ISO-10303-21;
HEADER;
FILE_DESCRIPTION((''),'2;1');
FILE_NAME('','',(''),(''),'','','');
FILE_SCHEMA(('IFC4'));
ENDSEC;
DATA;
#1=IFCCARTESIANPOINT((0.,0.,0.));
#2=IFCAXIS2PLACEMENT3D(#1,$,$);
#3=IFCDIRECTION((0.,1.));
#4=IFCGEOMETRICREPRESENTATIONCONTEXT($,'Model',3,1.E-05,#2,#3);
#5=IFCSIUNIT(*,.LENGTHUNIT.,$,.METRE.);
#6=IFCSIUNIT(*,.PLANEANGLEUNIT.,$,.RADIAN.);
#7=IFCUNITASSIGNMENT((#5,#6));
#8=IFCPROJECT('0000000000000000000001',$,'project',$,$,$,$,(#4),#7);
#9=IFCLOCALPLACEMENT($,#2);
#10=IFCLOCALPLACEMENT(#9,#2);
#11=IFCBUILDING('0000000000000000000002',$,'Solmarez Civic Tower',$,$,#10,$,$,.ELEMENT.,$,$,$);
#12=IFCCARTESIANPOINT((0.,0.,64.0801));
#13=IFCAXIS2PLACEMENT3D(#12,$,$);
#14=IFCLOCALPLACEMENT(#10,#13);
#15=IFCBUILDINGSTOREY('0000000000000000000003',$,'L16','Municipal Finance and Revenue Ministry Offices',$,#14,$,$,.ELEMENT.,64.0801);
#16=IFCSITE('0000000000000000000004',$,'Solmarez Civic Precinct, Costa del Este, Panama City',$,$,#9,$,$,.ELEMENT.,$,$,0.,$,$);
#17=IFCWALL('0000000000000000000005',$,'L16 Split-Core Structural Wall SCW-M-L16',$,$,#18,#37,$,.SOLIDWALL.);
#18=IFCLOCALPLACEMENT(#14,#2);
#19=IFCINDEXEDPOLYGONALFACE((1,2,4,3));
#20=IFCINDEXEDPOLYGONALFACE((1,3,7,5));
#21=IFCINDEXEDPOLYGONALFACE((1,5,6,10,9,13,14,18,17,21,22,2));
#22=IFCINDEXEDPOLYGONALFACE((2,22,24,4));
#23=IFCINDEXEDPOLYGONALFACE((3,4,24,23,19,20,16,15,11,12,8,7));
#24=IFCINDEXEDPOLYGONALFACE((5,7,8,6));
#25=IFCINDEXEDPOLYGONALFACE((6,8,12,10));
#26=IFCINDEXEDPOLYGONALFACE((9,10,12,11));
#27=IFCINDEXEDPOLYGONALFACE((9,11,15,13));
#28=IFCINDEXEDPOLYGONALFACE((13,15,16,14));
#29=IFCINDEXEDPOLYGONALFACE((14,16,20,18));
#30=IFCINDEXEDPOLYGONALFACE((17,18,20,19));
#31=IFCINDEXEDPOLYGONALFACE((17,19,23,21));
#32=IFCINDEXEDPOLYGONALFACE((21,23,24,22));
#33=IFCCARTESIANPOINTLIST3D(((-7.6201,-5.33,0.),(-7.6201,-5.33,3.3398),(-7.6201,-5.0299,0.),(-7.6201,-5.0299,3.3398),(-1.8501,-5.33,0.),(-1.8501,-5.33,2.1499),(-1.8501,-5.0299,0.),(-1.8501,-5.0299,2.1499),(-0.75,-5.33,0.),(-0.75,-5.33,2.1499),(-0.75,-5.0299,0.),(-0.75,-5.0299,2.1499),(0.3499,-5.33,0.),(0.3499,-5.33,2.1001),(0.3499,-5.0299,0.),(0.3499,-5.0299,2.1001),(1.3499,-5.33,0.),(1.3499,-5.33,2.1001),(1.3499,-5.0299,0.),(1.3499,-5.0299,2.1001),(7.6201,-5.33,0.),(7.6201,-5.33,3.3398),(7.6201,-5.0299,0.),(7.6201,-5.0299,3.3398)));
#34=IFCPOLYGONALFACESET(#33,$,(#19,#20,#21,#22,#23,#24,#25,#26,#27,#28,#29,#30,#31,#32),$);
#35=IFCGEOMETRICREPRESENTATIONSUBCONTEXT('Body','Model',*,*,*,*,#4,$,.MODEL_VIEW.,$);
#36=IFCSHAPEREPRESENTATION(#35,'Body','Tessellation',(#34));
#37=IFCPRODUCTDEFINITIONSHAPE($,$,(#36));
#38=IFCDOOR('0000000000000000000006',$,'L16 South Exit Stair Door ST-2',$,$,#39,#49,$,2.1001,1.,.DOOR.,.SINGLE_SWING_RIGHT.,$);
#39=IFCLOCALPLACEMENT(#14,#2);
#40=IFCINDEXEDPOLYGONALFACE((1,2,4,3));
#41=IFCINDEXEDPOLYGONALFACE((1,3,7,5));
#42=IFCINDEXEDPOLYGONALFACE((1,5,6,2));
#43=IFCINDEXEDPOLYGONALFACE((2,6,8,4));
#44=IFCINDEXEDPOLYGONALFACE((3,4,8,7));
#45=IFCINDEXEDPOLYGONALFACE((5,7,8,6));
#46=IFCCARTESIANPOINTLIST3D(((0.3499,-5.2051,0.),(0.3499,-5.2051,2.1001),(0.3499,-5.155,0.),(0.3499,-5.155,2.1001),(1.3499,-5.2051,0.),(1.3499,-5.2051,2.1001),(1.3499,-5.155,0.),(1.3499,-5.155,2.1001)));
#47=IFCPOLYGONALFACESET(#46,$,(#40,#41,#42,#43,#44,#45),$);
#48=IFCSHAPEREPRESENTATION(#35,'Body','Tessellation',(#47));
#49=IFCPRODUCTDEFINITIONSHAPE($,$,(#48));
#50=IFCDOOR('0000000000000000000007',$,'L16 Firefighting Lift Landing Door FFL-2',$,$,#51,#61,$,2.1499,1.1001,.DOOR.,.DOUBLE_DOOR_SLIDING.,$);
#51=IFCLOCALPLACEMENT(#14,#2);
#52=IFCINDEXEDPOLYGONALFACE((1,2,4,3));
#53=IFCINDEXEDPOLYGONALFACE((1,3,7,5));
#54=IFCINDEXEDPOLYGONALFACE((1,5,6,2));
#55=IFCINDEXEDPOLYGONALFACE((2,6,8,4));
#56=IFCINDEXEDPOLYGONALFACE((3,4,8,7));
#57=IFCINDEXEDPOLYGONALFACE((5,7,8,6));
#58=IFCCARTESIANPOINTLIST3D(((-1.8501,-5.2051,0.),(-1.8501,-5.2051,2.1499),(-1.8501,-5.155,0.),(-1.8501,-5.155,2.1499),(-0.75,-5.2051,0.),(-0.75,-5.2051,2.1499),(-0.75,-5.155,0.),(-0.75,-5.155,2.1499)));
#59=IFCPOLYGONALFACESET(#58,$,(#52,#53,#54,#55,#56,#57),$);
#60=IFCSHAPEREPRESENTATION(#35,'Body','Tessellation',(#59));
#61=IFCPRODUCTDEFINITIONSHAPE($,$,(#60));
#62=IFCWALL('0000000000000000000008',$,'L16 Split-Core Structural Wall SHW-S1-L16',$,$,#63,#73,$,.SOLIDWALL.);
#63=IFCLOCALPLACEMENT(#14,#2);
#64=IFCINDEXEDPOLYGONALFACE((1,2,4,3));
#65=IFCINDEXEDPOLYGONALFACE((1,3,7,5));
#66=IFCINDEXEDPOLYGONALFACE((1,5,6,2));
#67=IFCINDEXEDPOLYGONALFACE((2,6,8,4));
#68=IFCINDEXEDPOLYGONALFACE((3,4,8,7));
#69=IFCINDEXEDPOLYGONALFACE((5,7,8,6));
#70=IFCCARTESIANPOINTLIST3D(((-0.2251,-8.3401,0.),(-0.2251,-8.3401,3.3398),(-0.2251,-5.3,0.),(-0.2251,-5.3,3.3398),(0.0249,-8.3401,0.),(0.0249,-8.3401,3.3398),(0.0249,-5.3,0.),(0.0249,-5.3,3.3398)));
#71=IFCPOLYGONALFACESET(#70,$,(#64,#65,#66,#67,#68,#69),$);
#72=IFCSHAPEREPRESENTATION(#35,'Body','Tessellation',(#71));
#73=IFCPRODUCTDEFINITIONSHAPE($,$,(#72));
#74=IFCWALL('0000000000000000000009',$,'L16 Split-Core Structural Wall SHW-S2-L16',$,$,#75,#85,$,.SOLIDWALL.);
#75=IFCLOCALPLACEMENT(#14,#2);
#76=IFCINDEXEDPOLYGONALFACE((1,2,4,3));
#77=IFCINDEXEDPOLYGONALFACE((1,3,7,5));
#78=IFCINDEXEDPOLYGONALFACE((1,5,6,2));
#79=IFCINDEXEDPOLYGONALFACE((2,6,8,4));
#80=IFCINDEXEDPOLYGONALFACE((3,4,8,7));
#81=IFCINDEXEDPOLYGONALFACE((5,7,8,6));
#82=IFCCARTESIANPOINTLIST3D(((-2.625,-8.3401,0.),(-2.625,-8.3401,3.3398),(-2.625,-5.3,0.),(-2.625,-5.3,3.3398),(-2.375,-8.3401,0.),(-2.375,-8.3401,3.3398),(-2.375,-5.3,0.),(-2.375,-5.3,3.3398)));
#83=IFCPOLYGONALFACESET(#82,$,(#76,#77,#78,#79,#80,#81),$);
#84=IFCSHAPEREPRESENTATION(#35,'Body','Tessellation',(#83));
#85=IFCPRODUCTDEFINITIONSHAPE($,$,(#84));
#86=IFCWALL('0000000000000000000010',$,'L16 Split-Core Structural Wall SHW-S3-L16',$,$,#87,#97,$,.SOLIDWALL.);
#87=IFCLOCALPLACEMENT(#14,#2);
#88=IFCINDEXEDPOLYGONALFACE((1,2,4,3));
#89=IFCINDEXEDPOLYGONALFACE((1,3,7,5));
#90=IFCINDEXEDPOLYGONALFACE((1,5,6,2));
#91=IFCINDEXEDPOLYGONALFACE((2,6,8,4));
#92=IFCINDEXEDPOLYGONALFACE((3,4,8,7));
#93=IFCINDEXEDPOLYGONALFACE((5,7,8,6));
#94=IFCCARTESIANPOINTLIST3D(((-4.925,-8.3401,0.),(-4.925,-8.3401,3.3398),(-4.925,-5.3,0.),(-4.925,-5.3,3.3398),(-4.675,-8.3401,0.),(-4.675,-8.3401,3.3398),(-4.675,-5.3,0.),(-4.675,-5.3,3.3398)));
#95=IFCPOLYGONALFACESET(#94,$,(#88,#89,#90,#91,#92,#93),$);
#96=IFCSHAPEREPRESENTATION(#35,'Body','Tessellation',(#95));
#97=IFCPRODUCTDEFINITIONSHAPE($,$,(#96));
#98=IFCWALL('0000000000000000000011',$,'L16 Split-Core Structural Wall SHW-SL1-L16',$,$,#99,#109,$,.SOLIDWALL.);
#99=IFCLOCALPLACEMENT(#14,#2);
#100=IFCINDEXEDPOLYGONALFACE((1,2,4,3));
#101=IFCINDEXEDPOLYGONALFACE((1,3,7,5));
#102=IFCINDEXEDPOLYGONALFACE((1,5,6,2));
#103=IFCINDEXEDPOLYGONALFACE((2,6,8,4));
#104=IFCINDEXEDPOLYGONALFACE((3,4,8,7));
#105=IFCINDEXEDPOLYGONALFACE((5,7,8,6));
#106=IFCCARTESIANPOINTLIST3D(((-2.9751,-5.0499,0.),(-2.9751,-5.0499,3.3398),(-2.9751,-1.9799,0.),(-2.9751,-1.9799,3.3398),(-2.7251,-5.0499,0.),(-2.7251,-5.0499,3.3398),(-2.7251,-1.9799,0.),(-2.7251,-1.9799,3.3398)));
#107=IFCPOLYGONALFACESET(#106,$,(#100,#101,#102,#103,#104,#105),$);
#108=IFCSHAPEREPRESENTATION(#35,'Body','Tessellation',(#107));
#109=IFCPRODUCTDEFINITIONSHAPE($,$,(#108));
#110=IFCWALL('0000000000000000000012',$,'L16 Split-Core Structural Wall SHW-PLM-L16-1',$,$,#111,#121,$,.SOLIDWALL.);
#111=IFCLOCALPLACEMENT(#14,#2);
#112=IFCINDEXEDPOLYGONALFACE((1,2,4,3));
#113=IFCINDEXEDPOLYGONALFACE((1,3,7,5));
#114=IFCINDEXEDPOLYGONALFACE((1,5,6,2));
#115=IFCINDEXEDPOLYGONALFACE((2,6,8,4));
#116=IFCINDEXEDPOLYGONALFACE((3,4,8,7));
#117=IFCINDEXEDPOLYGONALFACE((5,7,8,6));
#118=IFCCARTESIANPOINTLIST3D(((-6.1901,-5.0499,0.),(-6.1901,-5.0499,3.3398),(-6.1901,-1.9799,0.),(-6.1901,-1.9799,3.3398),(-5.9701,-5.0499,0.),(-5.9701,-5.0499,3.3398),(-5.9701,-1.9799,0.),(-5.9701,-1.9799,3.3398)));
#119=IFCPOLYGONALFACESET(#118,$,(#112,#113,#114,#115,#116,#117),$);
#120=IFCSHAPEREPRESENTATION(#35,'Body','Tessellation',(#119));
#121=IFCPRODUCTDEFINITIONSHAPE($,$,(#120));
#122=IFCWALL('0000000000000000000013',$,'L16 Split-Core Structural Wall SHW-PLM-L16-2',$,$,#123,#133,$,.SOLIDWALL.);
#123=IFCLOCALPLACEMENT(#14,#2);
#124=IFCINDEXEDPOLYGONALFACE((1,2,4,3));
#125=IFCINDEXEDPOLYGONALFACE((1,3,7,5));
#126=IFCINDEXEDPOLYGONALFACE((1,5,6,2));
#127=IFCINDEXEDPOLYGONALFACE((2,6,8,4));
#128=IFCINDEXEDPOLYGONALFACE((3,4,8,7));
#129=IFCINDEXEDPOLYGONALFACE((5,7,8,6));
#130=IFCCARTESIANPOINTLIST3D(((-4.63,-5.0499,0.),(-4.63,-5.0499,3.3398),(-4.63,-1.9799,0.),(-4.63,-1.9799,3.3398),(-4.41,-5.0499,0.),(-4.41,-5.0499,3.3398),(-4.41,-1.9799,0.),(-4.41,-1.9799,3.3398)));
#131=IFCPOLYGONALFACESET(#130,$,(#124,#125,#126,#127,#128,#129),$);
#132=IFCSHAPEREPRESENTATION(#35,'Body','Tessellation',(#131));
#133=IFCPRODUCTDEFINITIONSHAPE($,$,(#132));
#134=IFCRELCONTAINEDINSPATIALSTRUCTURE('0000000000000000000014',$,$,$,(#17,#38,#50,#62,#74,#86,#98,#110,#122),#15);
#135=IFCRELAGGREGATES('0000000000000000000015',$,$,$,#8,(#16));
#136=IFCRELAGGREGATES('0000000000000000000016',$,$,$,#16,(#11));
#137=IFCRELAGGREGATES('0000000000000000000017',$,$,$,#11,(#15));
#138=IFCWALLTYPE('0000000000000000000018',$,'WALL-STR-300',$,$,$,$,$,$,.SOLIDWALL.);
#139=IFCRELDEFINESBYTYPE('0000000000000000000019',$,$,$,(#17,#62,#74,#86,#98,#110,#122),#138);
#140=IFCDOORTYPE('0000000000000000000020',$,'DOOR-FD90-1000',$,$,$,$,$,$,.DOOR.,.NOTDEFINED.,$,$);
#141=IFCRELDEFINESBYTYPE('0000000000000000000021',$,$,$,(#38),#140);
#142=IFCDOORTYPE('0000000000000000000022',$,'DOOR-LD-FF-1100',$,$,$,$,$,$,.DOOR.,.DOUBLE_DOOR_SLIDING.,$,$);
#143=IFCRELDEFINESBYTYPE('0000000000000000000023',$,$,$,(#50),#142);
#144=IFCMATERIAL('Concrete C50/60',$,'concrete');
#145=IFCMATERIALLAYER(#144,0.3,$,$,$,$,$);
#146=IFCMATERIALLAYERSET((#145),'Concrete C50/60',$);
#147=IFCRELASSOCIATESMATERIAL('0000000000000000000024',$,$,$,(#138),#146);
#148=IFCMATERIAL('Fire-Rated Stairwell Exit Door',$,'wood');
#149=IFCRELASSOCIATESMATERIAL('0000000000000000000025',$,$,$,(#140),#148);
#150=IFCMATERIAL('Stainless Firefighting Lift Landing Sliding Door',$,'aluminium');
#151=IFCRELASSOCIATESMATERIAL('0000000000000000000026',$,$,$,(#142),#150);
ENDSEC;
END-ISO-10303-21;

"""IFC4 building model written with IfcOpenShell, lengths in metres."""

from ifc_helpers import new_model, si_unit, direction, frame, frame_2d, origin, place, context, subcontext, project, spatial, rectangle, extrude, material, layer, layer_set, type_object, element, fill, save


model = new_model("IFC4")

# Units and contexts
model_context = context("Model", 3, precision=1e-05, world=origin(), true_north=direction((0.0, 1.0)))
body_context = subcontext(model_context, "Body", "Model", "MODEL_VIEW")
ifc_project = project(units=[si_unit("LENGTHUNIT", "METRE"), si_unit("PLANEANGLEUNIT", "RADIAN")], contexts=[model_context])

# Site, building, storey
site_placement = place(None, origin())
site = spatial("IfcSite", under=ifc_project, at=site_placement, Name="Solmarez Civic Precinct, Costa del Este, Panama City", CompositionType="ELEMENT", RefElevation=0.0)
building_placement = place(site_placement, origin())
building = spatial("IfcBuilding", under=site, at=building_placement, Name="Solmarez Civic Tower", CompositionType="ELEMENT")
storey_placement = place(building_placement, frame((0.0, 0.0, 64.0801)))
storey = spatial("IfcBuildingStorey", under=building, at=storey_placement, Name="L16", Description="Municipal Finance and Revenue Ministry Offices", CompositionType="ELEMENT", Elevation=64.0801)

# Wall, openings, doors
ifc_material_1 = material(Name="Concrete C50/60", Category="concrete")
ifc_layer_1 = layer(ifc_material_1, 0.3)
ifc_layer_set_1 = layer_set([ifc_layer_1], Name="Concrete C50/60")
wall_type_1 = type_object("IfcWallType", Name="WALL-STR-300", PredefinedType="SOLIDWALL", material=ifc_layer_set_1)
wall_1_placement = place(storey_placement, frame((-7.6201, -5.1799, 0.0), z_axis=(0.0, 0.0, 1.0), x_axis=(1.0, 0.0, 0.0)))
wall_1 = element("IfcWall", 1, at=wall_1_placement, inside=storey, type_object=wall_type_1, Name="L16 Split-Core Structural Wall SCW-M-L16", PredefinedType="SOLIDWALL", context=body_context, shape_type="SweptSolid", body=[
    extrude(rectangle(XDim=15.2402, YDim=0.3, at=frame_2d((7.6201, 0.0))), origin(), (0.0, 0.0, 1.0), 3.3398),
])
opening_1_placement = place(wall_1_placement, frame((5.77, 0.0, 0.0)))
opening_1 = element("IfcOpeningElement", 2, at=opening_1_placement, cuts=wall_1, PredefinedType="OPENING", context=body_context, shape_type="SweptSolid", body=[
    extrude(rectangle(XDim=1.1001, YDim=2.1499, at=frame_2d((0.55, 1.075))), frame((0.0, 0.1599, 0.0), z_axis=(0.0, -1.0, 0.0), x_axis=(1.0, 0.0, 0.0)), (0.0, 0.0, 1.0), 0.3201),
])
opening_2_placement = place(wall_1_placement, frame((7.97, 0.0, 0.0)))
opening_2 = element("IfcOpeningElement", 3, at=opening_2_placement, cuts=wall_1, PredefinedType="OPENING", context=body_context, shape_type="SweptSolid", body=[
    extrude(rectangle(XDim=1.0, YDim=2.1001, at=frame_2d((0.5, 1.05))), frame((0.0, 0.1599, 0.0), z_axis=(0.0, -1.0, 0.0), x_axis=(1.0, 0.0, 0.0)), (0.0, 0.0, 1.0), 0.3201),
])
ifc_material_2 = material(Name="Fire-Rated Stairwell Exit Door", Category="wood")
door_type_1 = type_object("IfcDoorType", Name="DOOR-FD90-1000", OperationType="NOTDEFINED", PredefinedType="DOOR", material=ifc_material_2)
door_1_placement = place(opening_2_placement, origin())
door_1 = element("IfcDoor", 4, at=door_1_placement, inside=storey, type_object=door_type_1, Name="L16 South Exit Stair Door ST-2", OperationType="SINGLE_SWING_RIGHT", OverallHeight=2.1001, OverallWidth=1.0, PredefinedType="DOOR", context=body_context, shape_type="SweptSolid", body=[
    extrude(rectangle(XDim=1.0, YDim=2.1001, at=frame_2d((0.5, 1.05))), frame((0.0, 0.0249, 0.0), z_axis=(0.0, -1.0, 0.0), x_axis=(1.0, 0.0, 0.0)), (0.0, 0.0, 1.0), 0.05),
])
fill(opening_2, door_1)
ifc_material_3 = material(Name="Stainless Firefighting Lift Landing Sliding Door", Category="aluminium")
door_type_2 = type_object("IfcDoorType", Name="DOOR-LD-FF-1100", OperationType="DOUBLE_DOOR_SLIDING", PredefinedType="DOOR", material=ifc_material_3)
door_2_placement = place(opening_1_placement, origin())
door_2 = element("IfcDoor", 5, at=door_2_placement, inside=storey, type_object=door_type_2, Name="L16 Firefighting Lift Landing Door FFL-2", OperationType="DOUBLE_DOOR_SLIDING", OverallHeight=2.1499, OverallWidth=1.1001, PredefinedType="DOOR", context=body_context, shape_type="SweptSolid", body=[
    extrude(rectangle(XDim=1.1001, YDim=2.1499, at=frame_2d((0.55, 1.075))), frame((0.0, 0.0249, 0.0), z_axis=(0.0, -1.0, 0.0), x_axis=(1.0, 0.0, 0.0)), (0.0, 0.0, 1.0), 0.05),
])
fill(opening_1, door_2)

# Walls
for number, where, z_axis, x_axis, name in (
    (6, (-0.1001, -8.3401, 0.0), (0.0, 0.0, 1.0), (0.0, 1.0, 0.0), "L16 Split-Core Structural Wall SHW-S1-L16"),
    (7, (-2.5, -8.3401, 0.0), (0.0, 0.0, 1.0), (0.0, 1.0, 0.0), "L16 Split-Core Structural Wall SHW-S2-L16"),
    (8, (-4.8, -8.3401, 0.0), (0.0, 0.0, 1.0), (0.0, 1.0, 0.0), "L16 Split-Core Structural Wall SHW-S3-L16"),
):
    element("IfcWall", number, at=place(storey_placement, frame(where, z_axis=z_axis, x_axis=x_axis)), inside=storey, type_object=wall_type_1, Name=name, PredefinedType="SOLIDWALL", context=body_context, shape_type="SweptSolid", body=[
        extrude(rectangle(XDim=3.04, YDim=0.25, at=frame_2d((1.52, 0.0))), origin(), (0.0, 0.0, 1.0), 3.3398),
    ])
wall_2_placement = place(storey_placement, frame((-2.8501, -5.05, 0.0), z_axis=(0.0, 0.0, 1.0), x_axis=(0.0, 1.0, 0.0)))
element("IfcWall", 9, at=wall_2_placement, inside=storey, type_object=wall_type_1, Name="L16 Split-Core Structural Wall SHW-SL1-L16", PredefinedType="SOLIDWALL", context=body_context, shape_type="SweptSolid", body=[
    extrude(rectangle(XDim=3.0701, YDim=0.25, at=frame_2d((1.5352, 0.0))), origin(), (0.0, 0.0, 1.0), 3.3398),
])
for number, where, z_axis, x_axis, name in (
    (10, (-6.0801, -5.05, 0.0), (0.0, 0.0, 1.0), (0.0, 1.0, 0.0), "L16 Split-Core Structural Wall SHW-PLM-L16-1"),
    (11, (-4.52, -5.05, 0.0), (0.0, 0.0, 1.0), (0.0, 1.0, 0.0), "L16 Split-Core Structural Wall SHW-PLM-L16-2"),
):
    element("IfcWall", number, at=place(storey_placement, frame(where, z_axis=z_axis, x_axis=x_axis)), inside=storey, type_object=wall_type_1, Name=name, PredefinedType="SOLIDWALL", context=body_context, shape_type="SweptSolid", body=[
        extrude(rectangle(XDim=3.0701, YDim=0.22, at=frame_2d((1.5352, 0.0))), origin(), (0.0, 0.0, 1.0), 3.3398),
    ])

save(model, "model.ifc")
